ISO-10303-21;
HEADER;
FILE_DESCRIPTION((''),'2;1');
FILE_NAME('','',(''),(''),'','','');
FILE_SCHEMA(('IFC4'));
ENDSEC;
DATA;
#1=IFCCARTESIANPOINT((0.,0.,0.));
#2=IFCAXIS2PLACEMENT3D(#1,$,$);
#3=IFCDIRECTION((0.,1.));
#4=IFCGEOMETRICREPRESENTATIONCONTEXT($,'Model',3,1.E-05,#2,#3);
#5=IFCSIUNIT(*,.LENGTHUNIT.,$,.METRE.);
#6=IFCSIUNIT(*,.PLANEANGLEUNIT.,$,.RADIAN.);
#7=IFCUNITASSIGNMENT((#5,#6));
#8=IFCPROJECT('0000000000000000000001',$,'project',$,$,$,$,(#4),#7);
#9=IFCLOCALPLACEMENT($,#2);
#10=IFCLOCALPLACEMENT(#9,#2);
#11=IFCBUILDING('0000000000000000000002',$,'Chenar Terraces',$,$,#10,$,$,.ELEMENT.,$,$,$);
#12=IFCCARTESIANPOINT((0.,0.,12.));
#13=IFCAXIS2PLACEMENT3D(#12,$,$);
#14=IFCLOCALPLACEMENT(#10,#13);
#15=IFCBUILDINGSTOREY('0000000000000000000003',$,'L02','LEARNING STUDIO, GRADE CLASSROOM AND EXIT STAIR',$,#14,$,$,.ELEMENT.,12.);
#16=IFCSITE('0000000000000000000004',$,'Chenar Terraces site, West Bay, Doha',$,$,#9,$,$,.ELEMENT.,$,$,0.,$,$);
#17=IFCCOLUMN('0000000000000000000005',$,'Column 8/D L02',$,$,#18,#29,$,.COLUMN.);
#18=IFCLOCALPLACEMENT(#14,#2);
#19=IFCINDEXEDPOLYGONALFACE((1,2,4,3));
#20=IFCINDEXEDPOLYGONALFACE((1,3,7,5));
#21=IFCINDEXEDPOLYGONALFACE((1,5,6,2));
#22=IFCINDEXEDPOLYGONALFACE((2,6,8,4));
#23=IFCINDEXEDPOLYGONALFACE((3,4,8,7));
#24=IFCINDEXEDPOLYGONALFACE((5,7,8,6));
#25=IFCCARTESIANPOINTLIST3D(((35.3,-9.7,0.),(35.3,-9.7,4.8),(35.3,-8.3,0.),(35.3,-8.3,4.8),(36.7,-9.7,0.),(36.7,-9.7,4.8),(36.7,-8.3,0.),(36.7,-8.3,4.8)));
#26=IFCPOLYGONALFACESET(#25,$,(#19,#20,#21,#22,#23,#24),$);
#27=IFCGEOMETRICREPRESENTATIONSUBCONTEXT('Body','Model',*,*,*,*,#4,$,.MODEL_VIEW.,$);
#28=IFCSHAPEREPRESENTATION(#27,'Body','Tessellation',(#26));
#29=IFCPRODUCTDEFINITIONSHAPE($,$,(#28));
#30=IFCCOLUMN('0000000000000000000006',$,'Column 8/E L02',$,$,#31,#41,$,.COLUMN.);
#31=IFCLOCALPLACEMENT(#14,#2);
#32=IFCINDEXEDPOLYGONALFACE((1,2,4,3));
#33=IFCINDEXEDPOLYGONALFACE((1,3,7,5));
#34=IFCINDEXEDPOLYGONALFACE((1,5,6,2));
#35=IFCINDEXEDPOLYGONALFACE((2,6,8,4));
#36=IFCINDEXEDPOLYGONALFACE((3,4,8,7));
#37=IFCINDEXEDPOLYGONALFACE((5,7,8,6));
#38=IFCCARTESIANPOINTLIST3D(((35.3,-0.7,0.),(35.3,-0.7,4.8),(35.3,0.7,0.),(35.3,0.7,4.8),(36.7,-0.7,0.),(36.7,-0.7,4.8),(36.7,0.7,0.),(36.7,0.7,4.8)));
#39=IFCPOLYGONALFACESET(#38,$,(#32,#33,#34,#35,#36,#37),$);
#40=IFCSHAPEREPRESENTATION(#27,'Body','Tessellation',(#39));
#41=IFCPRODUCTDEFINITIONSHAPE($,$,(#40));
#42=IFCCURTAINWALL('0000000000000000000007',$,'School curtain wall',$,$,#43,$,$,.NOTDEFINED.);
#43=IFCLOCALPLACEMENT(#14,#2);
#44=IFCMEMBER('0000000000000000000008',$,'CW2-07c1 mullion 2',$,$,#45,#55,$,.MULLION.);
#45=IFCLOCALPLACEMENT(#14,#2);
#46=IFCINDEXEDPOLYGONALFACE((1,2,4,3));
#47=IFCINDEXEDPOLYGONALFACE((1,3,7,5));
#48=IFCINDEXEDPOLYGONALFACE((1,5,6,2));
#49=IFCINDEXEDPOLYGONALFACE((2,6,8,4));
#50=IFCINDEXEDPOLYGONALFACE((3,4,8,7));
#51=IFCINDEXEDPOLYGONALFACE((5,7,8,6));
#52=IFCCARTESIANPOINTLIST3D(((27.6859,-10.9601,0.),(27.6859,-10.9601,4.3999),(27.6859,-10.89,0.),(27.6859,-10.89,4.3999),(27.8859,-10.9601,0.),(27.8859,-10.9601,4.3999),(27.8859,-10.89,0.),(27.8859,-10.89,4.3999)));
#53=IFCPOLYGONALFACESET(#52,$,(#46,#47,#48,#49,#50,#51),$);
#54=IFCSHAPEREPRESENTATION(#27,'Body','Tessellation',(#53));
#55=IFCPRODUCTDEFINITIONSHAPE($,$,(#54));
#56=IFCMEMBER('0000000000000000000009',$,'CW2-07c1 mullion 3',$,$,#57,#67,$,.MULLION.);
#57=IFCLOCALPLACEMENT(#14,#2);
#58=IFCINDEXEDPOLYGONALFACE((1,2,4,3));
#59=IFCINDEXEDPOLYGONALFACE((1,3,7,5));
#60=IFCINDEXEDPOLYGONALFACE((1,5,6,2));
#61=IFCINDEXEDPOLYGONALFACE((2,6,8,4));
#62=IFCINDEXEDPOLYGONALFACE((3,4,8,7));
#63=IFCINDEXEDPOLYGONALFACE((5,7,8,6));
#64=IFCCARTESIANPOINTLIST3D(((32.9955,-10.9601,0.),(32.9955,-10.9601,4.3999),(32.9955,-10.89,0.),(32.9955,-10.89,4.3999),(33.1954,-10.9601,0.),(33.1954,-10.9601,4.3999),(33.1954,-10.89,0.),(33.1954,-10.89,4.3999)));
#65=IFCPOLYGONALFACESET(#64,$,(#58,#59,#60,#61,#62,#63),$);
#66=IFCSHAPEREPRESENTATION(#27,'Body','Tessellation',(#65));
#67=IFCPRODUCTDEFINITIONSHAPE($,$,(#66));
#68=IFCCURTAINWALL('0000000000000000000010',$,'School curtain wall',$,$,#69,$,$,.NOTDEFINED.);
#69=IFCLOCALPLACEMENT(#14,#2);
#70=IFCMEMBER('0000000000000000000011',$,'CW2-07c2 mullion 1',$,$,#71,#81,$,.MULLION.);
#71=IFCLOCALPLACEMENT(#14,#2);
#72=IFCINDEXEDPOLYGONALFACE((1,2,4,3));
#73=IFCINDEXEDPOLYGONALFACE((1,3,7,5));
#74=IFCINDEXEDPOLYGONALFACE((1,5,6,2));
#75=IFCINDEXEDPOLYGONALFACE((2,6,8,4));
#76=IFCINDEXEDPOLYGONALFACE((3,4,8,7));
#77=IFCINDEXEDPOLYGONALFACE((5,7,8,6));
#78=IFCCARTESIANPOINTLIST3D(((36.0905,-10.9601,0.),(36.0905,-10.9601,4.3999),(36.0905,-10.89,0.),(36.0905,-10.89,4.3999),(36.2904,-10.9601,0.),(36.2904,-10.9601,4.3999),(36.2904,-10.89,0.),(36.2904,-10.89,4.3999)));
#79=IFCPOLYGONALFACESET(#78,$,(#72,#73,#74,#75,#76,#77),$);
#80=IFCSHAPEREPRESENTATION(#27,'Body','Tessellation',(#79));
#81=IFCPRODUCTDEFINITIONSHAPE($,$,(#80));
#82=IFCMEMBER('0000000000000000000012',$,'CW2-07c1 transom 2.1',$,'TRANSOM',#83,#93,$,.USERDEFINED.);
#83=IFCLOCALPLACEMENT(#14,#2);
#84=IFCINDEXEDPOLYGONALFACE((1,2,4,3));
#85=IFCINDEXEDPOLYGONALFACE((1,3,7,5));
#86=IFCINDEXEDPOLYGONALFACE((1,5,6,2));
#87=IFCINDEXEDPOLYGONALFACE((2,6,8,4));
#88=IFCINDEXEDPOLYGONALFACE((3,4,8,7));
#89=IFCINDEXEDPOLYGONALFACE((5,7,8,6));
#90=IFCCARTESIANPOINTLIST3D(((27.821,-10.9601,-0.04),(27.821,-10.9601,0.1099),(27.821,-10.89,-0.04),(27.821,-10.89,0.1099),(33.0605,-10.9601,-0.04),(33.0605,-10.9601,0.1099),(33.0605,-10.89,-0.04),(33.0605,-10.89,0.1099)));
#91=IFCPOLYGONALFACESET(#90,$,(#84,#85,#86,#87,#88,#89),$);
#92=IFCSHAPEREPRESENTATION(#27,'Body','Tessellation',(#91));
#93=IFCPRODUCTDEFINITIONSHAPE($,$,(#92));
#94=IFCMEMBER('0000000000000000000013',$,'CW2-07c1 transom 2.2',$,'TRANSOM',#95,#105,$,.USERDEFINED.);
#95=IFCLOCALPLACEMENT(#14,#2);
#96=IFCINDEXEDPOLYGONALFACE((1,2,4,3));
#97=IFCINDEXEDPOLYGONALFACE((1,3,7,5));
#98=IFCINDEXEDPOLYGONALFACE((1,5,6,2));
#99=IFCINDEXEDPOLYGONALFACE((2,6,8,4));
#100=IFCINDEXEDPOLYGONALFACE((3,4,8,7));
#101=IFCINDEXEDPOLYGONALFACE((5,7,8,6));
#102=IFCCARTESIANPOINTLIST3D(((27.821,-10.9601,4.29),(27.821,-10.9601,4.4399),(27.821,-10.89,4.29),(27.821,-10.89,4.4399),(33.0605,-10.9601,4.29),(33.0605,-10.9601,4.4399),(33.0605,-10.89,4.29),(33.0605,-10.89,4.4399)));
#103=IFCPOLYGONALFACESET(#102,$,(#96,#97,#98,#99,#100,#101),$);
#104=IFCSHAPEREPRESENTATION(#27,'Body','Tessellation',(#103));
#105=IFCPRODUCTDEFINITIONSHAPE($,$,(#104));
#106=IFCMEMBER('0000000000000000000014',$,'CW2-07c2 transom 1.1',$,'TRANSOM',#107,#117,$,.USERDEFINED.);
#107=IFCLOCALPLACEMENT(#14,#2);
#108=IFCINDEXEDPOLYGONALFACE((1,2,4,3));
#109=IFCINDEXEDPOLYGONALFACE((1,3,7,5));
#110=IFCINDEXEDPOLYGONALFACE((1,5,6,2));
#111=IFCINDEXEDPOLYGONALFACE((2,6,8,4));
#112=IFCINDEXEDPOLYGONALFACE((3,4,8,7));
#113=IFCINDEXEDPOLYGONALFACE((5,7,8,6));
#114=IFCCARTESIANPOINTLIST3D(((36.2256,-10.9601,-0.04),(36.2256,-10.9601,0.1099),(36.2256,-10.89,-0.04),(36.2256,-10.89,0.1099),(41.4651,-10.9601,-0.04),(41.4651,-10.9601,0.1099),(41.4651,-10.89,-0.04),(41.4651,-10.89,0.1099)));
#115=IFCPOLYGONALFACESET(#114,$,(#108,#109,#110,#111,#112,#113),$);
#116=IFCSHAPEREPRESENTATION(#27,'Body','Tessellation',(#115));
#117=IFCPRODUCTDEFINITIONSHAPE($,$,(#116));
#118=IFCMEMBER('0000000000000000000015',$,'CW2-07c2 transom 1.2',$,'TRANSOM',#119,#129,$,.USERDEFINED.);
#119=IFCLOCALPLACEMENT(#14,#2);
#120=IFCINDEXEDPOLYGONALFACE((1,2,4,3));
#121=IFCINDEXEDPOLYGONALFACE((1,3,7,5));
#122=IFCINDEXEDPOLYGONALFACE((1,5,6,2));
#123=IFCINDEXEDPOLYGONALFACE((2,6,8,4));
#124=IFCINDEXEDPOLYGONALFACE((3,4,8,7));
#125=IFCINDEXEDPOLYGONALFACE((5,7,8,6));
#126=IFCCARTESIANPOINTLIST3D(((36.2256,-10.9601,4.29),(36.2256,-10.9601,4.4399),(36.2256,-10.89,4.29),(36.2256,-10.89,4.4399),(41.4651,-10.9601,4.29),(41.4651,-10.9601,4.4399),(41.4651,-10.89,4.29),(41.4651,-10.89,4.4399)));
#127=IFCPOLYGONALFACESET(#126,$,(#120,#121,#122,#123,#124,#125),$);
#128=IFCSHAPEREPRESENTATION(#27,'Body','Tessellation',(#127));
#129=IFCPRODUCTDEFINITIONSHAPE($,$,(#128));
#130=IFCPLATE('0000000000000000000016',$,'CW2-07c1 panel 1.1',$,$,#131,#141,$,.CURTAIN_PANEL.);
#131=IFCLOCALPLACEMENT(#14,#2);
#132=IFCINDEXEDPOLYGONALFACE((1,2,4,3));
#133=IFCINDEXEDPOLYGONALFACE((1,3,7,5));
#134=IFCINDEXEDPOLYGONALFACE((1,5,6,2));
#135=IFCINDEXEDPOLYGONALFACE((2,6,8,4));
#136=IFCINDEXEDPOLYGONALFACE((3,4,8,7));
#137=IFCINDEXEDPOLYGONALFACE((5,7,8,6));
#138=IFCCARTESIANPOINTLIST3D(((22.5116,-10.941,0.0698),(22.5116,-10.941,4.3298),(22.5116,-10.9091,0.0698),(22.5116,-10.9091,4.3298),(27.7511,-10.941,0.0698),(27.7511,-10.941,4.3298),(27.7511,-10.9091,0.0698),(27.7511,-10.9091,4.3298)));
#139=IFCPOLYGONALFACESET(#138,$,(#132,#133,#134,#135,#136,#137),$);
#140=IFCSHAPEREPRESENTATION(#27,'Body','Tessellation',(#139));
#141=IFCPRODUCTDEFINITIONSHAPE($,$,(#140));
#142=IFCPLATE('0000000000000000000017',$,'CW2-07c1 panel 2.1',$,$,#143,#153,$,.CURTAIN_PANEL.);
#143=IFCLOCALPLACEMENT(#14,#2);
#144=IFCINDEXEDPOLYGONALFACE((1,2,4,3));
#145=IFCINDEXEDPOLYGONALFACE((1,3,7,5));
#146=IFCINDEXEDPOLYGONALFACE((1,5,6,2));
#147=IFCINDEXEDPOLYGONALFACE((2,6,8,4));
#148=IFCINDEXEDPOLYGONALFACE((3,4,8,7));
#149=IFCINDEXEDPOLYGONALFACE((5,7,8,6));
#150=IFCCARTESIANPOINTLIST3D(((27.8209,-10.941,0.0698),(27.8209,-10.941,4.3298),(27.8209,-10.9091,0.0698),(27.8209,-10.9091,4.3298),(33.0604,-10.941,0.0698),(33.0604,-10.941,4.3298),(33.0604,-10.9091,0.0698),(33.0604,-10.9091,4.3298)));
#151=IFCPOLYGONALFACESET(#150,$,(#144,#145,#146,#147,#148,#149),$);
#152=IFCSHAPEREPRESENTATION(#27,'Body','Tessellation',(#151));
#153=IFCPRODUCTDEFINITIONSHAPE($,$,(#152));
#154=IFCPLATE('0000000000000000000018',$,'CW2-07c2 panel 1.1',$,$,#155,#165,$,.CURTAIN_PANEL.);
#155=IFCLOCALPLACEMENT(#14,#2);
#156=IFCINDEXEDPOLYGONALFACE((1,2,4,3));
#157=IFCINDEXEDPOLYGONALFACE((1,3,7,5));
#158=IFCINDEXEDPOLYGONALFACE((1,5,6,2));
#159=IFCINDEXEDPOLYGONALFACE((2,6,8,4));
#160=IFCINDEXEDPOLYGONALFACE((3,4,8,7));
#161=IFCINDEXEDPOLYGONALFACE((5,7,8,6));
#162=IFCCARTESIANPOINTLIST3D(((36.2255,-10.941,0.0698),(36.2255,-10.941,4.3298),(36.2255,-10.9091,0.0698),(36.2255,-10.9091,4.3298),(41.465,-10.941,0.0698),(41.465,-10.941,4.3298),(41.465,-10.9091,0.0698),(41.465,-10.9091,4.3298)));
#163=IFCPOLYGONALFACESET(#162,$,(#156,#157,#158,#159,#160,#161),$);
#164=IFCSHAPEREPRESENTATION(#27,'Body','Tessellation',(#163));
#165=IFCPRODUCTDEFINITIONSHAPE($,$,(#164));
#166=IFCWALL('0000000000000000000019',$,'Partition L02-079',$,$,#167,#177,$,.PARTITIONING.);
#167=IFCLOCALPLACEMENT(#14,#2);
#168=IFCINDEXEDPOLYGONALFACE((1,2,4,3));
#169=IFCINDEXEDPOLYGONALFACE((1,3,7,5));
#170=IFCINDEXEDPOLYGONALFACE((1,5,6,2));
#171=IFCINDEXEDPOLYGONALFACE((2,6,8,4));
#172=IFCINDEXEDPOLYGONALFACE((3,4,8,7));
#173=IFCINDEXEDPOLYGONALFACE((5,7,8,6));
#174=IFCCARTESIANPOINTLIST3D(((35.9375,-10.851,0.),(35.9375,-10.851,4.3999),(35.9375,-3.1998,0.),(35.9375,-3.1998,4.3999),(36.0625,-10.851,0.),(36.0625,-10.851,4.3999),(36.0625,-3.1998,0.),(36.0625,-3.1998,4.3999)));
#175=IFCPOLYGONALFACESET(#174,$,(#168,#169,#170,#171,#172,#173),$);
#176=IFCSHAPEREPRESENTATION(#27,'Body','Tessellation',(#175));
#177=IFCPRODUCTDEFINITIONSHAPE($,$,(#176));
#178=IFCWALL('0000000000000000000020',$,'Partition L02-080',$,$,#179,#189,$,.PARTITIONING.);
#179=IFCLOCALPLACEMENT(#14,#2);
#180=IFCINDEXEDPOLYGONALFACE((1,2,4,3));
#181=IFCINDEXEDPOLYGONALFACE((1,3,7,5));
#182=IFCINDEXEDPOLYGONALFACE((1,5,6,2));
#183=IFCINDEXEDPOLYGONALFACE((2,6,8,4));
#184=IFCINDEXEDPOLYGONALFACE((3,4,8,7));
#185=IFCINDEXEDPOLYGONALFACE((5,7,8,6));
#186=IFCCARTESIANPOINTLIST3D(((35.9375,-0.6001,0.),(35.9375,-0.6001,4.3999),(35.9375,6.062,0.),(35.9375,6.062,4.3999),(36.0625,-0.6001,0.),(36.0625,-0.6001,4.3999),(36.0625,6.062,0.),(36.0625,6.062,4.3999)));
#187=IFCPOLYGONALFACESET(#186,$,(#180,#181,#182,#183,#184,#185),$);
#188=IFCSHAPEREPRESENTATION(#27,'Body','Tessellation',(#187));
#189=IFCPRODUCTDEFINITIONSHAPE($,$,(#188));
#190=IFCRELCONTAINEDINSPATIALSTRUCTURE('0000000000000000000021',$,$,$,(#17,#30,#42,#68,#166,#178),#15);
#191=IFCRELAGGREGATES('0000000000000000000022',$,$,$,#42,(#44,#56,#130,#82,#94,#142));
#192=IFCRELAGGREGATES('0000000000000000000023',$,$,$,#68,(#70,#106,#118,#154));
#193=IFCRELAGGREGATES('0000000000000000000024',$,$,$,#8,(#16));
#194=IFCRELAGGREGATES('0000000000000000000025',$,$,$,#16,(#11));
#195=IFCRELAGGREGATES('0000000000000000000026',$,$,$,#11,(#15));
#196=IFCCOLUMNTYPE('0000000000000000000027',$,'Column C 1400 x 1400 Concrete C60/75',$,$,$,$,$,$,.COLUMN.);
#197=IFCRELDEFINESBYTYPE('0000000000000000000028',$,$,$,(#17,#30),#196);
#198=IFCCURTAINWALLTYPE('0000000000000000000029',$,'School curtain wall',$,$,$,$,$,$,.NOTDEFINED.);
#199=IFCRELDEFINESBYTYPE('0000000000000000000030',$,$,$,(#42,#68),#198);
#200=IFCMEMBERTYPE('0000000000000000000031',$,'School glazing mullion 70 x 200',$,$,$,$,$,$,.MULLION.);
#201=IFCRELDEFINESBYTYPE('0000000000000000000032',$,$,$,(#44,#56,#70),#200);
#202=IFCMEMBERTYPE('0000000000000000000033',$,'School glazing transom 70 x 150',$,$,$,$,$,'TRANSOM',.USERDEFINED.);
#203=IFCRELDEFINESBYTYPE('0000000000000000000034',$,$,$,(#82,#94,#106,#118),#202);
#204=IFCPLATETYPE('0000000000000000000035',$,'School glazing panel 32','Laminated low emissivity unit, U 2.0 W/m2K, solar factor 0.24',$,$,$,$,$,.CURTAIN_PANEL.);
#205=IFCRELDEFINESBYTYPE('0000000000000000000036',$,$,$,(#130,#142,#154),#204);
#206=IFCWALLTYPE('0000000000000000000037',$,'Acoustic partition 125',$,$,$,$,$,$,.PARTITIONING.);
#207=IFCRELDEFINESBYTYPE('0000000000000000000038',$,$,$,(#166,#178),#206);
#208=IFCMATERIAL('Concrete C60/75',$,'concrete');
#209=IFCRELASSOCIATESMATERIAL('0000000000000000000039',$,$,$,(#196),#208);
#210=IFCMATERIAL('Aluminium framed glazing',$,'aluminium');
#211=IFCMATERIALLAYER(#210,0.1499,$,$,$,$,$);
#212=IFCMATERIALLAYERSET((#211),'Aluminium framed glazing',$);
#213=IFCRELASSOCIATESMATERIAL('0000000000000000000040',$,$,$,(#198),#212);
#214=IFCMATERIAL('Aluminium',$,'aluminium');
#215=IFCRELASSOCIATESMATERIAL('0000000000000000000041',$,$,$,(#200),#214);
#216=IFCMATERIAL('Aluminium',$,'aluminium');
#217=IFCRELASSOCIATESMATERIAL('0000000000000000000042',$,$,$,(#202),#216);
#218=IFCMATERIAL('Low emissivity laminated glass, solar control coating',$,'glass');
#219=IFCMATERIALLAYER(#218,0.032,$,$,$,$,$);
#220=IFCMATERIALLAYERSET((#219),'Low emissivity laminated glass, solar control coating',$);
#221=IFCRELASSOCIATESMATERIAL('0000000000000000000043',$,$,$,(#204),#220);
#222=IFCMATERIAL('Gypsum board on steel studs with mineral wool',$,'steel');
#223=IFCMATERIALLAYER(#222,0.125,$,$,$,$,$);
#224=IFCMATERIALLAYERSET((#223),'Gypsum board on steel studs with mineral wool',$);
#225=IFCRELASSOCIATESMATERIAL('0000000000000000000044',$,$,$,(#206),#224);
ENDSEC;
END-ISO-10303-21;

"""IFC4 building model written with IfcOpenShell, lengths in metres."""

from ifc_helpers import new_model, si_unit, direction, frame, frame_2d, origin, origin_2d, place, context, subcontext, project, spatial, rectangle, extrude, material, layer, layer_set, material_profile, profile_set, type_object, element, aggregate, save


model = new_model("IFC4")

# Units and contexts
model_context = context("Model", 3, precision=1e-05, world=origin(), true_north=direction((0.0, 1.0)))
body_context = subcontext(model_context, "Body", "Model", "MODEL_VIEW")
ifc_project = project(units=[si_unit("LENGTHUNIT", "METRE"), si_unit("PLANEANGLEUNIT", "RADIAN")], contexts=[model_context])

# Site, building, storey
site_placement = place(None, origin())
site = spatial("IfcSite", under=ifc_project, at=site_placement, Name="Chenar Terraces site, West Bay, Doha", CompositionType="ELEMENT", RefElevation=0.0)
building_placement = place(site_placement, origin())
building = spatial("IfcBuilding", under=site, at=building_placement, Name="Chenar Terraces", CompositionType="ELEMENT")
storey_placement = place(building_placement, frame((0.0, 0.0, 12.0)))
storey = spatial("IfcBuildingStorey", under=building, at=storey_placement, Name="L02", Description="LEARNING STUDIO, GRADE CLASSROOM AND EXIT STAIR", CompositionType="ELEMENT", Elevation=12.0)

# Columns
ifc_material_1 = material(Name="Concrete C60/75", Category="concrete")
ifc_material_profile_1 = material_profile(ifc_material_1, rectangle(XDim=1.3999, YDim=1.3999, at=origin_2d()), Name="C 1400 x 1400")
ifc_profile_set_1 = profile_set([ifc_material_profile_1], Name="Concrete C60/75")
column_type = type_object("IfcColumnType", Name="Column C 1400 x 1400 Concrete C60/75", PredefinedType="COLUMN", material=ifc_profile_set_1)
for number, where, z_axis, x_axis, name in (
    (1, (36.0, -9.0, 0.0), (0.0, 0.0, 1.0), (1.0, 0.0, 0.0), "Column 8/D L02"),
    (2, (36.0, 0.0, 0.0), (0.0, 0.0, 1.0), (1.0, 0.0, 0.0), "Column 8/E L02"),
):
    element("IfcColumn", number, at=place(storey_placement, frame(where, z_axis=z_axis, x_axis=x_axis)), inside=storey, type_object=column_type, Name=name, PredefinedType="COLUMN", context=body_context, shape_type="SweptSolid", body=[
        extrude(rectangle(XDim=1.3999, YDim=1.3999, at=origin_2d()), origin(), (0.0, 0.0, 1.0), 4.8),
    ])

# Curtain wall, members
ifc_material_2 = material(Name="Aluminium framed glazing", Category="aluminium")
ifc_layer_1 = layer(ifc_material_2, 0.1499)
ifc_layer_set_1 = layer_set([ifc_layer_1], Name="Aluminium framed glazing")
curtain_wall_type = type_object("IfcCurtainWallType", Name="School curtain wall", PredefinedType="NOTDEFINED", material=ifc_layer_set_1)
placement = place(storey_placement, origin())
curtain_wall_1 = element("IfcCurtainWall", 3, at=placement, inside=storey, type_object=curtain_wall_type, Name="School curtain wall", PredefinedType="NOTDEFINED")
ifc_material_3 = material(Name="Aluminium", Category="aluminium")
ifc_material_profile_2 = material_profile(ifc_material_3, rectangle(XDim=0.0701, YDim=0.2, at=origin_2d()), Name="School glazing mullion 70 x 200")
ifc_profile_set_2 = profile_set([ifc_material_profile_2], Name="Aluminium")
member_type_1 = type_object("IfcMemberType", Name="School glazing mullion 70 x 200", PredefinedType="MULLION", material=ifc_profile_set_2)
member_1_placement = place(storey_placement, frame((27.7859, -10.925, 0.0), z_axis=(0.0, 0.0, 1.0), x_axis=(0.0, 1.0, 0.0)))
member_1 = element("IfcMember", 4, at=member_1_placement, type_object=member_type_1, Name="CW2-07c1 mullion 2", PredefinedType="MULLION", context=body_context, shape_type="SweptSolid", body=[
    extrude(rectangle(XDim=0.0701, YDim=0.2, at=origin_2d()), origin(), (0.0, 0.0, 1.0), 4.3999),
])
member_2_placement = place(storey_placement, frame((33.0955, -10.925, 0.0), z_axis=(0.0, 0.0, 1.0), x_axis=(0.0, 1.0, 0.0)))
member_2 = element("IfcMember", 5, at=member_2_placement, type_object=member_type_1, Name="CW2-07c1 mullion 3", PredefinedType="MULLION", context=body_context, shape_type="SweptSolid", body=[
    extrude(rectangle(XDim=0.0701, YDim=0.2, at=origin_2d()), origin(), (0.0, 0.0, 1.0), 4.3999),
])

# Curtain wall, member
curtain_wall_2 = element("IfcCurtainWall", 6, at=placement, inside=storey, type_object=curtain_wall_type, Name="School curtain wall", PredefinedType="NOTDEFINED")
member_3_placement = place(storey_placement, frame((36.1904, -10.925, 0.0), z_axis=(0.0, 0.0, 1.0), x_axis=(0.0, 1.0, 0.0)))
member_3 = element("IfcMember", 7, at=member_3_placement, type_object=member_type_1, Name="CW2-07c2 mullion 1", PredefinedType="MULLION", context=body_context, shape_type="SweptSolid", body=[
    extrude(rectangle(XDim=0.0701, YDim=0.2, at=origin_2d()), origin(), (0.0, 0.0, 1.0), 4.3999),
])

# Members
ifc_material_4 = material(Name="Aluminium", Category="aluminium")
ifc_material_profile_3 = material_profile(ifc_material_4, rectangle(XDim=0.0701, YDim=0.1499, at=origin_2d()), Name="School glazing transom 70 x 150")
ifc_profile_set_3 = profile_set([ifc_material_profile_3], Name="Aluminium")
member_type_2 = type_object("IfcMemberType", Name="School glazing transom 70 x 150", ElementType="TRANSOM", PredefinedType="USERDEFINED", material=ifc_profile_set_3)
member_4_placement = place(storey_placement, frame((27.821, -10.925, 0.0349), z_axis=(1.0, 0.0, 0.0), x_axis=(0.0, 1.0, 0.0)))
member_4 = element("IfcMember", 8, at=member_4_placement, type_object=member_type_2, Name="CW2-07c1 transom 2.1", ObjectType="TRANSOM", PredefinedType="USERDEFINED", context=body_context, shape_type="SweptSolid", body=[
    extrude(rectangle(XDim=0.0701, YDim=0.1499, at=origin_2d()), origin(), (0.0, 0.0, 1.0), 5.2395),
])
member_5_placement = place(storey_placement, frame((27.821, -10.925, 4.365), z_axis=(1.0, 0.0, 0.0), x_axis=(0.0, 1.0, 0.0)))
member_5 = element("IfcMember", 9, at=member_5_placement, type_object=member_type_2, Name="CW2-07c1 transom 2.2", ObjectType="TRANSOM", PredefinedType="USERDEFINED", context=body_context, shape_type="SweptSolid", body=[
    extrude(rectangle(XDim=0.0701, YDim=0.1499, at=origin_2d()), origin(), (0.0, 0.0, 1.0), 5.2395),
])
member_6_placement = place(storey_placement, frame((36.2256, -10.925, 0.0349), z_axis=(1.0, 0.0, 0.0), x_axis=(0.0, 1.0, 0.0)))
member_6 = element("IfcMember", 10, at=member_6_placement, type_object=member_type_2, Name="CW2-07c2 transom 1.1", ObjectType="TRANSOM", PredefinedType="USERDEFINED", context=body_context, shape_type="SweptSolid", body=[
    extrude(rectangle(XDim=0.0701, YDim=0.1499, at=origin_2d()), origin(), (0.0, 0.0, 1.0), 5.2395),
])
member_7_placement = place(storey_placement, frame((36.2256, -10.925, 4.365), z_axis=(1.0, 0.0, 0.0), x_axis=(0.0, 1.0, 0.0)))
member_7 = element("IfcMember", 11, at=member_7_placement, type_object=member_type_2, Name="CW2-07c2 transom 1.2", ObjectType="TRANSOM", PredefinedType="USERDEFINED", context=body_context, shape_type="SweptSolid", body=[
    extrude(rectangle(XDim=0.0701, YDim=0.1499, at=origin_2d()), origin(), (0.0, 0.0, 1.0), 5.2395),
])

# Plates
ifc_material_5 = material(Name="Low emissivity laminated glass, solar control coating", Category="glass")
ifc_layer_2 = layer(ifc_material_5, 0.032)
ifc_layer_set_2 = layer_set([ifc_layer_2], Name="Low emissivity laminated glass, solar control coating")
plate_type = type_object("IfcPlateType", Name="School glazing panel 32", Description="Laminated low emissivity unit, U 2.0 W/m2K, solar factor 0.24", PredefinedType="CURTAIN_PANEL", material=ifc_layer_set_2)
plate_1_placement = place(storey_placement, frame((25.1313, -10.925, 0.0698), z_axis=(0.0, 0.0, 1.0), x_axis=(1.0, 0.0, 0.0)))
plate_1 = element("IfcPlate", 12, at=plate_1_placement, type_object=plate_type, Name="CW2-07c1 panel 1.1", PredefinedType="CURTAIN_PANEL", context=body_context, shape_type="SweptSolid", body=[
    extrude(rectangle(XDim=5.2395, YDim=0.032, at=origin_2d()), origin(), (0.0, 0.0, 1.0), 4.26),
])
plate_2_placement = place(storey_placement, frame((30.4407, -10.925, 0.0698), z_axis=(0.0, 0.0, 1.0), x_axis=(1.0, 0.0, 0.0)))
plate_2 = element("IfcPlate", 13, at=plate_2_placement, type_object=plate_type, Name="CW2-07c1 panel 2.1", PredefinedType="CURTAIN_PANEL", context=body_context, shape_type="SweptSolid", body=[
    extrude(rectangle(XDim=5.2395, YDim=0.032, at=origin_2d()), origin(), (0.0, 0.0, 1.0), 4.26),
])
aggregate(curtain_wall_1, [member_1, member_2, plate_1, member_4, member_5, plate_2])
plate_3_placement = place(storey_placement, frame((38.8452, -10.925, 0.0698), z_axis=(0.0, 0.0, 1.0), x_axis=(1.0, 0.0, 0.0)))
plate_3 = element("IfcPlate", 14, at=plate_3_placement, type_object=plate_type, Name="CW2-07c2 panel 1.1", PredefinedType="CURTAIN_PANEL", context=body_context, shape_type="SweptSolid", body=[
    extrude(rectangle(XDim=5.2395, YDim=0.032, at=origin_2d()), origin(), (0.0, 0.0, 1.0), 4.26),
])
aggregate(curtain_wall_2, [member_3, member_6, member_7, plate_3])

# Walls
ifc_material_6 = material(Name="Gypsum board on steel studs with mineral wool", Category="steel")
ifc_layer_3 = layer(ifc_material_6, 0.125)
ifc_layer_set_3 = layer_set([ifc_layer_3], Name="Gypsum board on steel studs with mineral wool")
wall_type_1 = type_object("IfcWallType", Name="Acoustic partition 125", PredefinedType="PARTITIONING", material=ifc_layer_set_3)
wall_1_placement = place(storey_placement, frame((36.0, -10.8511, 0.0), z_axis=(0.0, 0.0, 1.0), x_axis=(0.0, 1.0, 0.0)))
element("IfcWall", 15, at=wall_1_placement, inside=storey, type_object=wall_type_1, Name="Partition L02-079", PredefinedType="PARTITIONING", context=body_context, shape_type="SweptSolid", body=[
    extrude(rectangle(XDim=7.6511, YDim=0.125, at=frame_2d((3.8257, 0.0))), origin(), (0.0, 0.0, 1.0), 4.3999),
])
wall_2_placement = place(storey_placement, frame((36.0, -0.6001, 0.0), z_axis=(0.0, 0.0, 1.0), x_axis=(0.0, 1.0, 0.0)))
element("IfcWall", 16, at=wall_2_placement, inside=storey, type_object=wall_type_1, Name="Partition L02-080", PredefinedType="PARTITIONING", context=body_context, shape_type="SweptSolid", body=[
    extrude(rectangle(XDim=6.6621, YDim=0.125, at=frame_2d((3.3311, 0.0))), origin(), (0.0, 0.0, 1.0), 4.3999),
])

save(model, "model.ifc")
